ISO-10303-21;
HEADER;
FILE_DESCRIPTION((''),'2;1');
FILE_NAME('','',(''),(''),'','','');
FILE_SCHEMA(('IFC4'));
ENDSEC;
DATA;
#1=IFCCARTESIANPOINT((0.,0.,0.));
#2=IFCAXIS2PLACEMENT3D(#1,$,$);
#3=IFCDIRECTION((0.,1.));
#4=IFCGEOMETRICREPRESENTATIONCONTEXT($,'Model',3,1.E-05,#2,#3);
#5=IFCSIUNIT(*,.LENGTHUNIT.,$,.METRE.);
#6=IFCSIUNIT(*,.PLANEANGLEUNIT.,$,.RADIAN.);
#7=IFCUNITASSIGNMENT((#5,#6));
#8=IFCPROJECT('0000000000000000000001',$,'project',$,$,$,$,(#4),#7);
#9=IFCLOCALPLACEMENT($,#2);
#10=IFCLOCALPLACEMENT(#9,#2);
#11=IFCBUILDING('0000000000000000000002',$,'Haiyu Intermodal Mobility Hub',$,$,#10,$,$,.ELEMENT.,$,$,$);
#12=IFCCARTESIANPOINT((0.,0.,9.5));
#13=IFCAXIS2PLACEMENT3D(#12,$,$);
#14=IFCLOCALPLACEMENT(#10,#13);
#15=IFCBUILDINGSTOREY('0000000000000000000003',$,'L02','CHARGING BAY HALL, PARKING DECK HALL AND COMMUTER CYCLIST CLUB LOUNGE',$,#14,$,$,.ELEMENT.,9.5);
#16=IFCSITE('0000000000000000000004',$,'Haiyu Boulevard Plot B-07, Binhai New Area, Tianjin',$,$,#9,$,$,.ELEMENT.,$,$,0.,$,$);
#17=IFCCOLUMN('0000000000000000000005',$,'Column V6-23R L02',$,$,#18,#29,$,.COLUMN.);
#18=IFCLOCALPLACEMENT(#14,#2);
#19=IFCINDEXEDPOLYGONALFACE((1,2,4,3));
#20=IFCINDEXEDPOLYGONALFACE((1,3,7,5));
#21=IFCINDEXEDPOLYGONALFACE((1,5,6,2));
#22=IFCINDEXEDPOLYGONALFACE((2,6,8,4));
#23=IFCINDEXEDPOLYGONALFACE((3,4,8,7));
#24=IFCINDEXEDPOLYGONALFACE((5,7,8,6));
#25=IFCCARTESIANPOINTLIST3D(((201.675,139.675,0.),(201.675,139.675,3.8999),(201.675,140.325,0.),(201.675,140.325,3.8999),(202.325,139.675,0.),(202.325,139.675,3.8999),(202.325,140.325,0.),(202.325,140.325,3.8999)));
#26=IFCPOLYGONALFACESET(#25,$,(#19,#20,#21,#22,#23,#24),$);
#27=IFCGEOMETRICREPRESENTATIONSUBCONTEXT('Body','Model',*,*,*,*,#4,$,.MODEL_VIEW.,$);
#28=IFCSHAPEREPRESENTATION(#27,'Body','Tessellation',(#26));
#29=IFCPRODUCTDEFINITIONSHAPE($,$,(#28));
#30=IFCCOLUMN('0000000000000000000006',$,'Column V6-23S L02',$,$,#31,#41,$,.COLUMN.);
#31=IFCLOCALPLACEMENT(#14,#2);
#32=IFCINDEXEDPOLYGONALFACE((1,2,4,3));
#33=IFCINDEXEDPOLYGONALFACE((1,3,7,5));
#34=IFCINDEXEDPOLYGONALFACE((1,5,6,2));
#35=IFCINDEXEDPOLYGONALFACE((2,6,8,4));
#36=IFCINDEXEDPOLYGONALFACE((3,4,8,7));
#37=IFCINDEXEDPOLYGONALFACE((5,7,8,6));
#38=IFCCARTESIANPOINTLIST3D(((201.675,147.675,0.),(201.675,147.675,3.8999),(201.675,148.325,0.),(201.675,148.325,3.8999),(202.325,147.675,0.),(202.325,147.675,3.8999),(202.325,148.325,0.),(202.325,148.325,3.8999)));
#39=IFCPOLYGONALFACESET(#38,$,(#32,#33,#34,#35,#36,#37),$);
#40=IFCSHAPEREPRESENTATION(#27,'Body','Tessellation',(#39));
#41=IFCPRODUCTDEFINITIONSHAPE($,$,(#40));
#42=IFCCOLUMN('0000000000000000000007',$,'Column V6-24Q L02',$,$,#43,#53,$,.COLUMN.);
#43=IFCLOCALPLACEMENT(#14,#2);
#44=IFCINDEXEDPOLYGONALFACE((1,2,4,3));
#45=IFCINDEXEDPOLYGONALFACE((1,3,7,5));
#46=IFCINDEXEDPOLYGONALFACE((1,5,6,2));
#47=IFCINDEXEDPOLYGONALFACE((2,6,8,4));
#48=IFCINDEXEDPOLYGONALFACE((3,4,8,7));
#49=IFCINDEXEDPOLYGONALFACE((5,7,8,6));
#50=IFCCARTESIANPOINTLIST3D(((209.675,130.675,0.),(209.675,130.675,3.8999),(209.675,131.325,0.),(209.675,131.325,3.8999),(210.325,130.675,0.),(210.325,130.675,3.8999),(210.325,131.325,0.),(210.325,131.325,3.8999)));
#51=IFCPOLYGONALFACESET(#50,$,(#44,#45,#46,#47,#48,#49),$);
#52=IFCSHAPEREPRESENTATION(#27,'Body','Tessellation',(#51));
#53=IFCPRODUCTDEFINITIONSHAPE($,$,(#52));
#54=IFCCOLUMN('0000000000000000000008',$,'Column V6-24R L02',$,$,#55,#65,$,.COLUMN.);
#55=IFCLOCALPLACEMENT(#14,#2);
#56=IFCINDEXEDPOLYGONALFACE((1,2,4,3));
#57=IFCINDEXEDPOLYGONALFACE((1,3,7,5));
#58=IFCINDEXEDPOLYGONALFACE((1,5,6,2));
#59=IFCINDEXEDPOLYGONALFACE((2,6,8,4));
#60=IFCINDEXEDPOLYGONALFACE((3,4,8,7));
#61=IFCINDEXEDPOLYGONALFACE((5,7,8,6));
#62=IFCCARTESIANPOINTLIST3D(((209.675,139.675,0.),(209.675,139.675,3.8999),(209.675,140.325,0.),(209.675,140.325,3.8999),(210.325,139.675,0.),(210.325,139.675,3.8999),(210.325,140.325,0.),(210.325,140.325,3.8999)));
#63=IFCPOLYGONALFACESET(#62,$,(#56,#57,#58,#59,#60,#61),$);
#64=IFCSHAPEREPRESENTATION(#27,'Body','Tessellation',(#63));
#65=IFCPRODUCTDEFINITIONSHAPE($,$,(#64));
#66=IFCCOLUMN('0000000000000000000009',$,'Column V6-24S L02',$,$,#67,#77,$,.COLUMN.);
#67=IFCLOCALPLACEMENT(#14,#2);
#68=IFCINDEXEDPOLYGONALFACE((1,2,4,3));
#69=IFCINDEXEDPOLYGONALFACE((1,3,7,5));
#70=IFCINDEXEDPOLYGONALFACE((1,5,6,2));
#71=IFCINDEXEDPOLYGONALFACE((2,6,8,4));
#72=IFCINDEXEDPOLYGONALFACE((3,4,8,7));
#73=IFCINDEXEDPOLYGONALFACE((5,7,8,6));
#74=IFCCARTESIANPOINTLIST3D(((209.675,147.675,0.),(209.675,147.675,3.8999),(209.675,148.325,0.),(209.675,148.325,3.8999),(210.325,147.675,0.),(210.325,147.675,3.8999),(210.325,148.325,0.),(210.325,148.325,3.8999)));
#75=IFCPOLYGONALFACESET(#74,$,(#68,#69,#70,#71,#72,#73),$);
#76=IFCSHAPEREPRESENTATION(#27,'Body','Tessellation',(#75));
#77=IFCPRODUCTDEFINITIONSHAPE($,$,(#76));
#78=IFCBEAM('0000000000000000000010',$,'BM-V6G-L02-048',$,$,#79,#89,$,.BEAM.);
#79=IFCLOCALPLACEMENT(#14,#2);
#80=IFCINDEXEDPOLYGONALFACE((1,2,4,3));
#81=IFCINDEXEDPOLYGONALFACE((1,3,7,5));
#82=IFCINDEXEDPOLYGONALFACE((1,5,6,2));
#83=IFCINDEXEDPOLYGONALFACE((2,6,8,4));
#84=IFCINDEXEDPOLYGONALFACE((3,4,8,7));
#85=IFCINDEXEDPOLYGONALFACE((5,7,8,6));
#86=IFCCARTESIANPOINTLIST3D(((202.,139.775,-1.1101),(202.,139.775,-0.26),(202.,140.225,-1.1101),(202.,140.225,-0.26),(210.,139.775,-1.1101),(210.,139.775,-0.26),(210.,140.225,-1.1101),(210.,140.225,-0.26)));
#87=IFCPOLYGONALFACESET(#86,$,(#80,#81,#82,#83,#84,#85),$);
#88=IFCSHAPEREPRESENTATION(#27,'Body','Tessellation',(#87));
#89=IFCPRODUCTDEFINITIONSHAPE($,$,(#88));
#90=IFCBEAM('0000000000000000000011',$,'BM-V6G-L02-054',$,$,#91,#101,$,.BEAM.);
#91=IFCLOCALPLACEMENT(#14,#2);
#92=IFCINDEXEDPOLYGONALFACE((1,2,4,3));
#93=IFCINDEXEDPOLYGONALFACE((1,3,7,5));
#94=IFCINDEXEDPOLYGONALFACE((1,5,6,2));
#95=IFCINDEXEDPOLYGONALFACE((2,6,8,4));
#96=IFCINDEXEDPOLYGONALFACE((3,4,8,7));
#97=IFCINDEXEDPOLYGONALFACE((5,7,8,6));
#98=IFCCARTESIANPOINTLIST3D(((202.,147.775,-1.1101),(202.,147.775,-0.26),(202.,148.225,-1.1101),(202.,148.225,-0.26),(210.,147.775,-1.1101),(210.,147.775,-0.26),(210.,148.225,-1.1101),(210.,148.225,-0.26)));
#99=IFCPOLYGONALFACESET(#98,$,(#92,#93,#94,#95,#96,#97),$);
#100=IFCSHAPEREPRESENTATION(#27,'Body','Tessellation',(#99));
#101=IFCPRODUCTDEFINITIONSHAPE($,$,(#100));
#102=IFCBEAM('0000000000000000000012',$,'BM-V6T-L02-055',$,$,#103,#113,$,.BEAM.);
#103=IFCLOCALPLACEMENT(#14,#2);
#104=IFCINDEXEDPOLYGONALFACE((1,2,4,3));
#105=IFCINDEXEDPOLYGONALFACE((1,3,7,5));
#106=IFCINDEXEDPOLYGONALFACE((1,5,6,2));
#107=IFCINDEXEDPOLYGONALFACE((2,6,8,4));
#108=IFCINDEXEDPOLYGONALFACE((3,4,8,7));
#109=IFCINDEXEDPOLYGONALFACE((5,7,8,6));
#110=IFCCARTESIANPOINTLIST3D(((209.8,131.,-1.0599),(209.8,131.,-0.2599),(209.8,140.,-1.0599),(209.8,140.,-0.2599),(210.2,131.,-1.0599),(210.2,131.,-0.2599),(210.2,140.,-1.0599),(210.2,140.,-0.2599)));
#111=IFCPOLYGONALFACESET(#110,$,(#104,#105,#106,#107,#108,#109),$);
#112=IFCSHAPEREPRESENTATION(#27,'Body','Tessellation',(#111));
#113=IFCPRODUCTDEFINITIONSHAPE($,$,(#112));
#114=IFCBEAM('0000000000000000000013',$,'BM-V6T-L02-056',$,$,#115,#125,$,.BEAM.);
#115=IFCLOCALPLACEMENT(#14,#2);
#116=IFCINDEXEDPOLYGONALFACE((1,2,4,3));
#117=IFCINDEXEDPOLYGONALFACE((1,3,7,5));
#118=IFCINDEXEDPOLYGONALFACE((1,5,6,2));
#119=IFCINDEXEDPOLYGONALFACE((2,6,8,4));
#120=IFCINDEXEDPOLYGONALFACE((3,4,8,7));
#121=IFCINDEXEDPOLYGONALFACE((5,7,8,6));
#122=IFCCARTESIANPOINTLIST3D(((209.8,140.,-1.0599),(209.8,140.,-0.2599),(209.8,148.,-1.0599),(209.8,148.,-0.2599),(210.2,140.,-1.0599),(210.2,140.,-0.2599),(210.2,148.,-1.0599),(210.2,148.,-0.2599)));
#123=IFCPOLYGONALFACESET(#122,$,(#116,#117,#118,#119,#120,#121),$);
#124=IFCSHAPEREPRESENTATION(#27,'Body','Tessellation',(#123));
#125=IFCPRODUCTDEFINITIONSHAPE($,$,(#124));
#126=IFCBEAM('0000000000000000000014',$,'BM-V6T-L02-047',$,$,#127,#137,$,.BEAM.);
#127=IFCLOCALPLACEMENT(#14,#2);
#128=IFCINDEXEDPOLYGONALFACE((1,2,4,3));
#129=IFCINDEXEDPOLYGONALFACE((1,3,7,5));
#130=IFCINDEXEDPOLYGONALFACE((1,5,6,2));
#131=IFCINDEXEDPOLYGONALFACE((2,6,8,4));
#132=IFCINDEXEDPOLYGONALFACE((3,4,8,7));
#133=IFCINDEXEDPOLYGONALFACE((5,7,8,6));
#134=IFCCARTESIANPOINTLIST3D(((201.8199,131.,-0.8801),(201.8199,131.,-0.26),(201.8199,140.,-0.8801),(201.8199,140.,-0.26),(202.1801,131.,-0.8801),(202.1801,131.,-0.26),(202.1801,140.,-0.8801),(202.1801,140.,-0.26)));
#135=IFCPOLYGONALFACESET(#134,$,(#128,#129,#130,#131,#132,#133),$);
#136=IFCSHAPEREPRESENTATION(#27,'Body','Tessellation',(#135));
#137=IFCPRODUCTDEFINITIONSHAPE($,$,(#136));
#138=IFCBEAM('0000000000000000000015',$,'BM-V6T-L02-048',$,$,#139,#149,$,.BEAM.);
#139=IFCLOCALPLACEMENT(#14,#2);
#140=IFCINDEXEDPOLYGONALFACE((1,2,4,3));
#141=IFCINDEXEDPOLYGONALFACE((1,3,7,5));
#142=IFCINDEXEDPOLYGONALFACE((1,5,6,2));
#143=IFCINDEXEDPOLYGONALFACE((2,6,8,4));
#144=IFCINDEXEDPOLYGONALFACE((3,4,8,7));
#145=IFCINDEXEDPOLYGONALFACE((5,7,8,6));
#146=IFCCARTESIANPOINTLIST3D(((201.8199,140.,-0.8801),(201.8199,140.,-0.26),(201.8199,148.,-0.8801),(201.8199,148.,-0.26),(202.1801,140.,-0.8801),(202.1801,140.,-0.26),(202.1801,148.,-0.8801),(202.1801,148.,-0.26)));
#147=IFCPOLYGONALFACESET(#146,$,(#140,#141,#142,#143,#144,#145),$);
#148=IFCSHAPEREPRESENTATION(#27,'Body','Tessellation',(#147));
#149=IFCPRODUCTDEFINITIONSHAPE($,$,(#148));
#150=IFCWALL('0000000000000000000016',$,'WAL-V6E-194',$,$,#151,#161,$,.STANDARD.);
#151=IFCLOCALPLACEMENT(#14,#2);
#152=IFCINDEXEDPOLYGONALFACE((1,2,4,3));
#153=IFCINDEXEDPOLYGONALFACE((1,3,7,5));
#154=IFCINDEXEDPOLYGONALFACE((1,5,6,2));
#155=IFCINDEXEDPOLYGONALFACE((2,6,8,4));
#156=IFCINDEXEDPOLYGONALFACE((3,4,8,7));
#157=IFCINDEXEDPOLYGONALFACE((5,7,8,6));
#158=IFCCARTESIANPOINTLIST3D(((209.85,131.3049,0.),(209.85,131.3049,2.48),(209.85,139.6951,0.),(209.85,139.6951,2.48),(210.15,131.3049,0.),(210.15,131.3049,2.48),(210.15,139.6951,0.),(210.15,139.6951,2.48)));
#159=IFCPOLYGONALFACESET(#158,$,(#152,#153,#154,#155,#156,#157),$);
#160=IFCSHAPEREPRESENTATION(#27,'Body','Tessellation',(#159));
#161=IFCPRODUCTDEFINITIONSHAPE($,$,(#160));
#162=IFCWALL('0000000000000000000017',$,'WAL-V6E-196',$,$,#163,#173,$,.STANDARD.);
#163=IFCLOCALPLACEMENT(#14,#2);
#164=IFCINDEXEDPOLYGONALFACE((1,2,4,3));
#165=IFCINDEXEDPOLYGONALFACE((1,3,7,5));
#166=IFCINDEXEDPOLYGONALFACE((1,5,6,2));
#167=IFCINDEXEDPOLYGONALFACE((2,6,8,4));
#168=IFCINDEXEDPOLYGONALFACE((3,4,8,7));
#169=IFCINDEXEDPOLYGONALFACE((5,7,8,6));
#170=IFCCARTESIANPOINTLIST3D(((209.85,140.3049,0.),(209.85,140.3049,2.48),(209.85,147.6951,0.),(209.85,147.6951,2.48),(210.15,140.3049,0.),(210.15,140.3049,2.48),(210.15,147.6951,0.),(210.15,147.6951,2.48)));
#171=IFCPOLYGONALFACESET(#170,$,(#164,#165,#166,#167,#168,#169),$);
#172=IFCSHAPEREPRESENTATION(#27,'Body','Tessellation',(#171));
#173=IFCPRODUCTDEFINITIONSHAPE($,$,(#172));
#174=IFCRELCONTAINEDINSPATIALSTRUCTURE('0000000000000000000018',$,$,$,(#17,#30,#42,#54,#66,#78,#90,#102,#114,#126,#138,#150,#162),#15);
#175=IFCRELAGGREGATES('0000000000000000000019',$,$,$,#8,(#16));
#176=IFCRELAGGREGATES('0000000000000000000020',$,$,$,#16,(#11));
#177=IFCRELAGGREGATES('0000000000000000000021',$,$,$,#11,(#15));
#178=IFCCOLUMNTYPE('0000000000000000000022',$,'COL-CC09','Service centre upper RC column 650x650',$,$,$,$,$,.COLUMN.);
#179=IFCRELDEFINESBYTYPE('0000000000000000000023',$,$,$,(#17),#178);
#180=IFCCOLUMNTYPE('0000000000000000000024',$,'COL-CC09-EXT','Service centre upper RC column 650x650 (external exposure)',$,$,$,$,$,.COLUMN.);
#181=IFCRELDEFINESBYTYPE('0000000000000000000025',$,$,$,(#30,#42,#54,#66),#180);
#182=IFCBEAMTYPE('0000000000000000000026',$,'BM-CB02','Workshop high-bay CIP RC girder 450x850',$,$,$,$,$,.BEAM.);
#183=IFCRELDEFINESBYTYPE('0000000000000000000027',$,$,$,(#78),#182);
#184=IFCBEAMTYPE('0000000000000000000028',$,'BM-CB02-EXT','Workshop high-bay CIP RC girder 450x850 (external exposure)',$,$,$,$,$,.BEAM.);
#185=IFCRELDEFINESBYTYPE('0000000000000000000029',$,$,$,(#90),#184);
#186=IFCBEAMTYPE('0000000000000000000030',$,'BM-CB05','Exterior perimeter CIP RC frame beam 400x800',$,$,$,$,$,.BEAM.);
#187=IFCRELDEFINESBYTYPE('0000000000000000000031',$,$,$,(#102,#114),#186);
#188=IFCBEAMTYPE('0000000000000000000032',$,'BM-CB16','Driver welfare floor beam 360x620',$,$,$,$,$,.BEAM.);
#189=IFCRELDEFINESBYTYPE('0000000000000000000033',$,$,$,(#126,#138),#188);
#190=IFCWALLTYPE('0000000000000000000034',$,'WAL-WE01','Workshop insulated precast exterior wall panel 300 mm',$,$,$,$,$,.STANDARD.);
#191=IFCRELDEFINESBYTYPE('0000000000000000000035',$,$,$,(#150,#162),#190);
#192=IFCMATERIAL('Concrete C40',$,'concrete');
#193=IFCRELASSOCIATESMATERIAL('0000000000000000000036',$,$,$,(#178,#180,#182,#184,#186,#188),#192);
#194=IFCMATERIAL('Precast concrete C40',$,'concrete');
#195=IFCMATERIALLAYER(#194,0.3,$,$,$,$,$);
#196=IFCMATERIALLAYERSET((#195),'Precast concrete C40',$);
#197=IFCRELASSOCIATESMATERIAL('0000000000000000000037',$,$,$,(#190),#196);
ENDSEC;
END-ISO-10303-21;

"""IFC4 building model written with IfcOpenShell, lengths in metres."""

from ifc_helpers import new_model, si_unit, direction, frame, frame_2d, origin, origin_2d, place, context, subcontext, project, spatial, rectangle, extrude, material, layer, layer_set, material_profile, profile_set, type_object, element, save


model = new_model("IFC4")

# Units and contexts
model_context = context("Model", 3, precision=1e-05, world=origin(), true_north=direction((0.0, 1.0)))
body_context = subcontext(model_context, "Body", "Model", "MODEL_VIEW")
ifc_project = project(units=[si_unit("LENGTHUNIT", "METRE"), si_unit("PLANEANGLEUNIT", "RADIAN")], contexts=[model_context])

# Site, building, storey
site_placement = place(None, origin())
site = spatial("IfcSite", under=ifc_project, at=site_placement, Name="Haiyu Boulevard Plot B-07, Binhai New Area, Tianjin", CompositionType="ELEMENT", RefElevation=0.0)
building_placement = place(site_placement, origin())
building = spatial("IfcBuilding", under=site, at=building_placement, Name="Haiyu Intermodal Mobility Hub", CompositionType="ELEMENT")
storey_placement = place(building_placement, frame((0.0, 0.0, 9.5)))
storey = spatial("IfcBuildingStorey", under=building, at=storey_placement, Name="L02", Description="CHARGING BAY HALL, PARKING DECK HALL AND COMMUTER CYCLIST CLUB LOUNGE", CompositionType="ELEMENT", Elevation=9.5)

# Columns
ifc_material_1 = material(Name="Concrete C40", Category="concrete")
ifc_material_profile_1 = material_profile(ifc_material_1, rectangle(XDim=0.6499, YDim=0.6499, at=origin_2d()), Name="RC650x650")
ifc_profile_set_1 = profile_set([ifc_material_profile_1], Name="Concrete C40")
column_type_1 = type_object("IfcColumnType", Name="COL-CC09", Description="Service centre upper RC column 650x650", PredefinedType="COLUMN", material=ifc_profile_set_1)
column_placement = place(storey_placement, frame((202.0, 140.0, 0.0), z_axis=(0.0, 0.0, 1.0), x_axis=(1.0, 0.0, 0.0)))
element("IfcColumn", 1, at=column_placement, inside=storey, type_object=column_type_1, Name="Column V6-23R L02", PredefinedType="COLUMN", context=body_context, shape_type="SweptSolid", body=[
    extrude(rectangle(XDim=0.6499, YDim=0.6499, at=origin_2d()), origin(), (0.0, 0.0, 1.0), 3.8999),
])
ifc_material_profile_2 = material_profile(ifc_material_1, rectangle(XDim=0.6499, YDim=0.6499, at=origin_2d()), Name="RC650x650")
ifc_profile_set_2 = profile_set([ifc_material_profile_2], Name="Concrete C40")
column_type_2 = type_object("IfcColumnType", Name="COL-CC09-EXT", Description="Service centre upper RC column 650x650 (external exposure)", PredefinedType="COLUMN", material=ifc_profile_set_2)
for number, where, z_axis, x_axis, name in (
    (2, (202.0, 148.0, 0.0), (0.0, 0.0, 1.0), (1.0, 0.0, 0.0), "Column V6-23S L02"),
    (3, (210.0, 131.0, 0.0), (0.0, 0.0, 1.0), (1.0, 0.0, 0.0), "Column V6-24Q L02"),
    (4, (210.0, 140.0, 0.0), (0.0, 0.0, 1.0), (1.0, 0.0, 0.0), "Column V6-24R L02"),
    (5, (210.0, 148.0, 0.0), (0.0, 0.0, 1.0), (1.0, 0.0, 0.0), "Column V6-24S L02"),
):
    element("IfcColumn", number, at=place(storey_placement, frame(where, z_axis=z_axis, x_axis=x_axis)), inside=storey, type_object=column_type_2, Name=name, PredefinedType="COLUMN", context=body_context, shape_type="SweptSolid", body=[
        extrude(rectangle(XDim=0.6499, YDim=0.6499, at=origin_2d()), origin(), (0.0, 0.0, 1.0), 3.8999),
    ])

# Beams
ifc_material_profile_3 = material_profile(ifc_material_1, rectangle(XDim=0.45, YDim=0.8501, at=origin_2d()), Name="RCB450x850")
ifc_profile_set_3 = profile_set([ifc_material_profile_3], Name="Concrete C40")
beam_type_1 = type_object("IfcBeamType", Name="BM-CB02", Description="Workshop high-bay CIP RC girder 450x850", PredefinedType="BEAM", material=ifc_profile_set_3)
beam_1_placement = place(storey_placement, frame((202.0, 140.0, -0.6851), z_axis=(1.0, 0.0, 0.0), x_axis=(0.0, 1.0, 0.0)))
element("IfcBeam", 6, at=beam_1_placement, inside=storey, type_object=beam_type_1, Name="BM-V6G-L02-048", PredefinedType="BEAM", context=body_context, shape_type="SweptSolid", body=[
    extrude(rectangle(XDim=0.45, YDim=0.8501, at=origin_2d()), origin(), (0.0, 0.0, 1.0), 8.0),
])
ifc_material_profile_4 = material_profile(ifc_material_1, rectangle(XDim=0.45, YDim=0.8501, at=origin_2d()), Name="RCB450x850")
ifc_profile_set_4 = profile_set([ifc_material_profile_4], Name="Concrete C40")
beam_type_2 = type_object("IfcBeamType", Name="BM-CB02-EXT", Description="Workshop high-bay CIP RC girder 450x850 (external exposure)", PredefinedType="BEAM", material=ifc_profile_set_4)
beam_2_placement = place(storey_placement, frame((202.0, 148.0, -0.6851), z_axis=(1.0, 0.0, 0.0), x_axis=(0.0, 1.0, 0.0)))
element("IfcBeam", 7, at=beam_2_placement, inside=storey, type_object=beam_type_2, Name="BM-V6G-L02-054", PredefinedType="BEAM", context=body_context, shape_type="SweptSolid", body=[
    extrude(rectangle(XDim=0.45, YDim=0.8501, at=origin_2d()), origin(), (0.0, 0.0, 1.0), 8.0),
])
ifc_material_profile_5 = material_profile(ifc_material_1, rectangle(XDim=0.3999, YDim=0.8, at=origin_2d()), Name="RCB400x800")
ifc_profile_set_5 = profile_set([ifc_material_profile_5], Name="Concrete C40")
beam_type_3 = type_object("IfcBeamType", Name="BM-CB05", Description="Exterior perimeter CIP RC frame beam 400x800", PredefinedType="BEAM", material=ifc_profile_set_5)
beam_3_placement = place(storey_placement, frame((210.0, 131.0, -0.6599), z_axis=(0.0, 1.0, 0.0), x_axis=(-1.0, 0.0, 0.0)))
element("IfcBeam", 8, at=beam_3_placement, inside=storey, type_object=beam_type_3, Name="BM-V6T-L02-055", PredefinedType="BEAM", context=body_context, shape_type="SweptSolid", body=[
    extrude(rectangle(XDim=0.3999, YDim=0.8, at=origin_2d()), origin(), (0.0, 0.0, 1.0), 9.0),
])
beam_4_placement = place(storey_placement, frame((210.0, 140.0, -0.6599), z_axis=(0.0, 1.0, 0.0), x_axis=(-1.0, 0.0, 0.0)))
element("IfcBeam", 9, at=beam_4_placement, inside=storey, type_object=beam_type_3, Name="BM-V6T-L02-056", PredefinedType="BEAM", context=body_context, shape_type="SweptSolid", body=[
    extrude(rectangle(XDim=0.3999, YDim=0.8, at=origin_2d()), origin(), (0.0, 0.0, 1.0), 8.0),
])
ifc_material_profile_6 = material_profile(ifc_material_1, rectangle(XDim=0.3601, YDim=0.6201, at=origin_2d()), Name="B360x620")
ifc_profile_set_6 = profile_set([ifc_material_profile_6], Name="Concrete C40")
beam_type_4 = type_object("IfcBeamType", Name="BM-CB16", Description="Driver welfare floor beam 360x620", PredefinedType="BEAM", material=ifc_profile_set_6)
beam_5_placement = place(storey_placement, frame((202.0, 131.0, -0.5701), z_axis=(0.0, 1.0, 0.0), x_axis=(-1.0, 0.0, 0.0)))
element("IfcBeam", 10, at=beam_5_placement, inside=storey, type_object=beam_type_4, Name="BM-V6T-L02-047", PredefinedType="BEAM", context=body_context, shape_type="SweptSolid", body=[
    extrude(rectangle(XDim=0.3601, YDim=0.6201, at=origin_2d()), origin(), (0.0, 0.0, 1.0), 9.0),
])
beam_6_placement = place(storey_placement, frame((202.0, 140.0, -0.5701), z_axis=(0.0, 1.0, 0.0), x_axis=(-1.0, 0.0, 0.0)))
element("IfcBeam", 11, at=beam_6_placement, inside=storey, type_object=beam_type_4, Name="BM-V6T-L02-048", PredefinedType="BEAM", context=body_context, shape_type="SweptSolid", body=[
    extrude(rectangle(XDim=0.3601, YDim=0.6201, at=origin_2d()), origin(), (0.0, 0.0, 1.0), 8.0),
])

# Walls
ifc_material_2 = material(Name="Precast concrete C40", Category="concrete")
ifc_layer_1 = layer(ifc_material_2, 0.3)
ifc_layer_set_1 = layer_set([ifc_layer_1], Name="Precast concrete C40")
wall_type_1 = type_object("IfcWallType", Name="WAL-WE01", Description="Workshop insulated precast exterior wall panel 300 mm", PredefinedType="STANDARD", material=ifc_layer_set_1)
wall_1_placement = place(storey_placement, frame((210.0, 131.3049, 0.0), z_axis=(0.0, 0.0, 1.0), x_axis=(0.0, 1.0, 0.0)))
element("IfcWall", 12, at=wall_1_placement, inside=storey, type_object=wall_type_1, Name="WAL-V6E-194", PredefinedType="STANDARD", context=body_context, shape_type="SweptSolid", body=[
    extrude(rectangle(XDim=8.3901, YDim=0.3, at=frame_2d((4.1951, 0.0))), origin(), (0.0, 0.0, 1.0), 2.48),
])
wall_2_placement = place(storey_placement, frame((210.0, 140.3049, 0.0), z_axis=(0.0, 0.0, 1.0), x_axis=(0.0, 1.0, 0.0)))
element("IfcWall", 13, at=wall_2_placement, inside=storey, type_object=wall_type_1, Name="WAL-V6E-196", PredefinedType="STANDARD", context=body_context, shape_type="SweptSolid", body=[
    extrude(rectangle(XDim=7.3901, YDim=0.3, at=frame_2d((3.6951, 0.0))), origin(), (0.0, 0.0, 1.0), 2.48),
])

save(model, "model.ifc")
